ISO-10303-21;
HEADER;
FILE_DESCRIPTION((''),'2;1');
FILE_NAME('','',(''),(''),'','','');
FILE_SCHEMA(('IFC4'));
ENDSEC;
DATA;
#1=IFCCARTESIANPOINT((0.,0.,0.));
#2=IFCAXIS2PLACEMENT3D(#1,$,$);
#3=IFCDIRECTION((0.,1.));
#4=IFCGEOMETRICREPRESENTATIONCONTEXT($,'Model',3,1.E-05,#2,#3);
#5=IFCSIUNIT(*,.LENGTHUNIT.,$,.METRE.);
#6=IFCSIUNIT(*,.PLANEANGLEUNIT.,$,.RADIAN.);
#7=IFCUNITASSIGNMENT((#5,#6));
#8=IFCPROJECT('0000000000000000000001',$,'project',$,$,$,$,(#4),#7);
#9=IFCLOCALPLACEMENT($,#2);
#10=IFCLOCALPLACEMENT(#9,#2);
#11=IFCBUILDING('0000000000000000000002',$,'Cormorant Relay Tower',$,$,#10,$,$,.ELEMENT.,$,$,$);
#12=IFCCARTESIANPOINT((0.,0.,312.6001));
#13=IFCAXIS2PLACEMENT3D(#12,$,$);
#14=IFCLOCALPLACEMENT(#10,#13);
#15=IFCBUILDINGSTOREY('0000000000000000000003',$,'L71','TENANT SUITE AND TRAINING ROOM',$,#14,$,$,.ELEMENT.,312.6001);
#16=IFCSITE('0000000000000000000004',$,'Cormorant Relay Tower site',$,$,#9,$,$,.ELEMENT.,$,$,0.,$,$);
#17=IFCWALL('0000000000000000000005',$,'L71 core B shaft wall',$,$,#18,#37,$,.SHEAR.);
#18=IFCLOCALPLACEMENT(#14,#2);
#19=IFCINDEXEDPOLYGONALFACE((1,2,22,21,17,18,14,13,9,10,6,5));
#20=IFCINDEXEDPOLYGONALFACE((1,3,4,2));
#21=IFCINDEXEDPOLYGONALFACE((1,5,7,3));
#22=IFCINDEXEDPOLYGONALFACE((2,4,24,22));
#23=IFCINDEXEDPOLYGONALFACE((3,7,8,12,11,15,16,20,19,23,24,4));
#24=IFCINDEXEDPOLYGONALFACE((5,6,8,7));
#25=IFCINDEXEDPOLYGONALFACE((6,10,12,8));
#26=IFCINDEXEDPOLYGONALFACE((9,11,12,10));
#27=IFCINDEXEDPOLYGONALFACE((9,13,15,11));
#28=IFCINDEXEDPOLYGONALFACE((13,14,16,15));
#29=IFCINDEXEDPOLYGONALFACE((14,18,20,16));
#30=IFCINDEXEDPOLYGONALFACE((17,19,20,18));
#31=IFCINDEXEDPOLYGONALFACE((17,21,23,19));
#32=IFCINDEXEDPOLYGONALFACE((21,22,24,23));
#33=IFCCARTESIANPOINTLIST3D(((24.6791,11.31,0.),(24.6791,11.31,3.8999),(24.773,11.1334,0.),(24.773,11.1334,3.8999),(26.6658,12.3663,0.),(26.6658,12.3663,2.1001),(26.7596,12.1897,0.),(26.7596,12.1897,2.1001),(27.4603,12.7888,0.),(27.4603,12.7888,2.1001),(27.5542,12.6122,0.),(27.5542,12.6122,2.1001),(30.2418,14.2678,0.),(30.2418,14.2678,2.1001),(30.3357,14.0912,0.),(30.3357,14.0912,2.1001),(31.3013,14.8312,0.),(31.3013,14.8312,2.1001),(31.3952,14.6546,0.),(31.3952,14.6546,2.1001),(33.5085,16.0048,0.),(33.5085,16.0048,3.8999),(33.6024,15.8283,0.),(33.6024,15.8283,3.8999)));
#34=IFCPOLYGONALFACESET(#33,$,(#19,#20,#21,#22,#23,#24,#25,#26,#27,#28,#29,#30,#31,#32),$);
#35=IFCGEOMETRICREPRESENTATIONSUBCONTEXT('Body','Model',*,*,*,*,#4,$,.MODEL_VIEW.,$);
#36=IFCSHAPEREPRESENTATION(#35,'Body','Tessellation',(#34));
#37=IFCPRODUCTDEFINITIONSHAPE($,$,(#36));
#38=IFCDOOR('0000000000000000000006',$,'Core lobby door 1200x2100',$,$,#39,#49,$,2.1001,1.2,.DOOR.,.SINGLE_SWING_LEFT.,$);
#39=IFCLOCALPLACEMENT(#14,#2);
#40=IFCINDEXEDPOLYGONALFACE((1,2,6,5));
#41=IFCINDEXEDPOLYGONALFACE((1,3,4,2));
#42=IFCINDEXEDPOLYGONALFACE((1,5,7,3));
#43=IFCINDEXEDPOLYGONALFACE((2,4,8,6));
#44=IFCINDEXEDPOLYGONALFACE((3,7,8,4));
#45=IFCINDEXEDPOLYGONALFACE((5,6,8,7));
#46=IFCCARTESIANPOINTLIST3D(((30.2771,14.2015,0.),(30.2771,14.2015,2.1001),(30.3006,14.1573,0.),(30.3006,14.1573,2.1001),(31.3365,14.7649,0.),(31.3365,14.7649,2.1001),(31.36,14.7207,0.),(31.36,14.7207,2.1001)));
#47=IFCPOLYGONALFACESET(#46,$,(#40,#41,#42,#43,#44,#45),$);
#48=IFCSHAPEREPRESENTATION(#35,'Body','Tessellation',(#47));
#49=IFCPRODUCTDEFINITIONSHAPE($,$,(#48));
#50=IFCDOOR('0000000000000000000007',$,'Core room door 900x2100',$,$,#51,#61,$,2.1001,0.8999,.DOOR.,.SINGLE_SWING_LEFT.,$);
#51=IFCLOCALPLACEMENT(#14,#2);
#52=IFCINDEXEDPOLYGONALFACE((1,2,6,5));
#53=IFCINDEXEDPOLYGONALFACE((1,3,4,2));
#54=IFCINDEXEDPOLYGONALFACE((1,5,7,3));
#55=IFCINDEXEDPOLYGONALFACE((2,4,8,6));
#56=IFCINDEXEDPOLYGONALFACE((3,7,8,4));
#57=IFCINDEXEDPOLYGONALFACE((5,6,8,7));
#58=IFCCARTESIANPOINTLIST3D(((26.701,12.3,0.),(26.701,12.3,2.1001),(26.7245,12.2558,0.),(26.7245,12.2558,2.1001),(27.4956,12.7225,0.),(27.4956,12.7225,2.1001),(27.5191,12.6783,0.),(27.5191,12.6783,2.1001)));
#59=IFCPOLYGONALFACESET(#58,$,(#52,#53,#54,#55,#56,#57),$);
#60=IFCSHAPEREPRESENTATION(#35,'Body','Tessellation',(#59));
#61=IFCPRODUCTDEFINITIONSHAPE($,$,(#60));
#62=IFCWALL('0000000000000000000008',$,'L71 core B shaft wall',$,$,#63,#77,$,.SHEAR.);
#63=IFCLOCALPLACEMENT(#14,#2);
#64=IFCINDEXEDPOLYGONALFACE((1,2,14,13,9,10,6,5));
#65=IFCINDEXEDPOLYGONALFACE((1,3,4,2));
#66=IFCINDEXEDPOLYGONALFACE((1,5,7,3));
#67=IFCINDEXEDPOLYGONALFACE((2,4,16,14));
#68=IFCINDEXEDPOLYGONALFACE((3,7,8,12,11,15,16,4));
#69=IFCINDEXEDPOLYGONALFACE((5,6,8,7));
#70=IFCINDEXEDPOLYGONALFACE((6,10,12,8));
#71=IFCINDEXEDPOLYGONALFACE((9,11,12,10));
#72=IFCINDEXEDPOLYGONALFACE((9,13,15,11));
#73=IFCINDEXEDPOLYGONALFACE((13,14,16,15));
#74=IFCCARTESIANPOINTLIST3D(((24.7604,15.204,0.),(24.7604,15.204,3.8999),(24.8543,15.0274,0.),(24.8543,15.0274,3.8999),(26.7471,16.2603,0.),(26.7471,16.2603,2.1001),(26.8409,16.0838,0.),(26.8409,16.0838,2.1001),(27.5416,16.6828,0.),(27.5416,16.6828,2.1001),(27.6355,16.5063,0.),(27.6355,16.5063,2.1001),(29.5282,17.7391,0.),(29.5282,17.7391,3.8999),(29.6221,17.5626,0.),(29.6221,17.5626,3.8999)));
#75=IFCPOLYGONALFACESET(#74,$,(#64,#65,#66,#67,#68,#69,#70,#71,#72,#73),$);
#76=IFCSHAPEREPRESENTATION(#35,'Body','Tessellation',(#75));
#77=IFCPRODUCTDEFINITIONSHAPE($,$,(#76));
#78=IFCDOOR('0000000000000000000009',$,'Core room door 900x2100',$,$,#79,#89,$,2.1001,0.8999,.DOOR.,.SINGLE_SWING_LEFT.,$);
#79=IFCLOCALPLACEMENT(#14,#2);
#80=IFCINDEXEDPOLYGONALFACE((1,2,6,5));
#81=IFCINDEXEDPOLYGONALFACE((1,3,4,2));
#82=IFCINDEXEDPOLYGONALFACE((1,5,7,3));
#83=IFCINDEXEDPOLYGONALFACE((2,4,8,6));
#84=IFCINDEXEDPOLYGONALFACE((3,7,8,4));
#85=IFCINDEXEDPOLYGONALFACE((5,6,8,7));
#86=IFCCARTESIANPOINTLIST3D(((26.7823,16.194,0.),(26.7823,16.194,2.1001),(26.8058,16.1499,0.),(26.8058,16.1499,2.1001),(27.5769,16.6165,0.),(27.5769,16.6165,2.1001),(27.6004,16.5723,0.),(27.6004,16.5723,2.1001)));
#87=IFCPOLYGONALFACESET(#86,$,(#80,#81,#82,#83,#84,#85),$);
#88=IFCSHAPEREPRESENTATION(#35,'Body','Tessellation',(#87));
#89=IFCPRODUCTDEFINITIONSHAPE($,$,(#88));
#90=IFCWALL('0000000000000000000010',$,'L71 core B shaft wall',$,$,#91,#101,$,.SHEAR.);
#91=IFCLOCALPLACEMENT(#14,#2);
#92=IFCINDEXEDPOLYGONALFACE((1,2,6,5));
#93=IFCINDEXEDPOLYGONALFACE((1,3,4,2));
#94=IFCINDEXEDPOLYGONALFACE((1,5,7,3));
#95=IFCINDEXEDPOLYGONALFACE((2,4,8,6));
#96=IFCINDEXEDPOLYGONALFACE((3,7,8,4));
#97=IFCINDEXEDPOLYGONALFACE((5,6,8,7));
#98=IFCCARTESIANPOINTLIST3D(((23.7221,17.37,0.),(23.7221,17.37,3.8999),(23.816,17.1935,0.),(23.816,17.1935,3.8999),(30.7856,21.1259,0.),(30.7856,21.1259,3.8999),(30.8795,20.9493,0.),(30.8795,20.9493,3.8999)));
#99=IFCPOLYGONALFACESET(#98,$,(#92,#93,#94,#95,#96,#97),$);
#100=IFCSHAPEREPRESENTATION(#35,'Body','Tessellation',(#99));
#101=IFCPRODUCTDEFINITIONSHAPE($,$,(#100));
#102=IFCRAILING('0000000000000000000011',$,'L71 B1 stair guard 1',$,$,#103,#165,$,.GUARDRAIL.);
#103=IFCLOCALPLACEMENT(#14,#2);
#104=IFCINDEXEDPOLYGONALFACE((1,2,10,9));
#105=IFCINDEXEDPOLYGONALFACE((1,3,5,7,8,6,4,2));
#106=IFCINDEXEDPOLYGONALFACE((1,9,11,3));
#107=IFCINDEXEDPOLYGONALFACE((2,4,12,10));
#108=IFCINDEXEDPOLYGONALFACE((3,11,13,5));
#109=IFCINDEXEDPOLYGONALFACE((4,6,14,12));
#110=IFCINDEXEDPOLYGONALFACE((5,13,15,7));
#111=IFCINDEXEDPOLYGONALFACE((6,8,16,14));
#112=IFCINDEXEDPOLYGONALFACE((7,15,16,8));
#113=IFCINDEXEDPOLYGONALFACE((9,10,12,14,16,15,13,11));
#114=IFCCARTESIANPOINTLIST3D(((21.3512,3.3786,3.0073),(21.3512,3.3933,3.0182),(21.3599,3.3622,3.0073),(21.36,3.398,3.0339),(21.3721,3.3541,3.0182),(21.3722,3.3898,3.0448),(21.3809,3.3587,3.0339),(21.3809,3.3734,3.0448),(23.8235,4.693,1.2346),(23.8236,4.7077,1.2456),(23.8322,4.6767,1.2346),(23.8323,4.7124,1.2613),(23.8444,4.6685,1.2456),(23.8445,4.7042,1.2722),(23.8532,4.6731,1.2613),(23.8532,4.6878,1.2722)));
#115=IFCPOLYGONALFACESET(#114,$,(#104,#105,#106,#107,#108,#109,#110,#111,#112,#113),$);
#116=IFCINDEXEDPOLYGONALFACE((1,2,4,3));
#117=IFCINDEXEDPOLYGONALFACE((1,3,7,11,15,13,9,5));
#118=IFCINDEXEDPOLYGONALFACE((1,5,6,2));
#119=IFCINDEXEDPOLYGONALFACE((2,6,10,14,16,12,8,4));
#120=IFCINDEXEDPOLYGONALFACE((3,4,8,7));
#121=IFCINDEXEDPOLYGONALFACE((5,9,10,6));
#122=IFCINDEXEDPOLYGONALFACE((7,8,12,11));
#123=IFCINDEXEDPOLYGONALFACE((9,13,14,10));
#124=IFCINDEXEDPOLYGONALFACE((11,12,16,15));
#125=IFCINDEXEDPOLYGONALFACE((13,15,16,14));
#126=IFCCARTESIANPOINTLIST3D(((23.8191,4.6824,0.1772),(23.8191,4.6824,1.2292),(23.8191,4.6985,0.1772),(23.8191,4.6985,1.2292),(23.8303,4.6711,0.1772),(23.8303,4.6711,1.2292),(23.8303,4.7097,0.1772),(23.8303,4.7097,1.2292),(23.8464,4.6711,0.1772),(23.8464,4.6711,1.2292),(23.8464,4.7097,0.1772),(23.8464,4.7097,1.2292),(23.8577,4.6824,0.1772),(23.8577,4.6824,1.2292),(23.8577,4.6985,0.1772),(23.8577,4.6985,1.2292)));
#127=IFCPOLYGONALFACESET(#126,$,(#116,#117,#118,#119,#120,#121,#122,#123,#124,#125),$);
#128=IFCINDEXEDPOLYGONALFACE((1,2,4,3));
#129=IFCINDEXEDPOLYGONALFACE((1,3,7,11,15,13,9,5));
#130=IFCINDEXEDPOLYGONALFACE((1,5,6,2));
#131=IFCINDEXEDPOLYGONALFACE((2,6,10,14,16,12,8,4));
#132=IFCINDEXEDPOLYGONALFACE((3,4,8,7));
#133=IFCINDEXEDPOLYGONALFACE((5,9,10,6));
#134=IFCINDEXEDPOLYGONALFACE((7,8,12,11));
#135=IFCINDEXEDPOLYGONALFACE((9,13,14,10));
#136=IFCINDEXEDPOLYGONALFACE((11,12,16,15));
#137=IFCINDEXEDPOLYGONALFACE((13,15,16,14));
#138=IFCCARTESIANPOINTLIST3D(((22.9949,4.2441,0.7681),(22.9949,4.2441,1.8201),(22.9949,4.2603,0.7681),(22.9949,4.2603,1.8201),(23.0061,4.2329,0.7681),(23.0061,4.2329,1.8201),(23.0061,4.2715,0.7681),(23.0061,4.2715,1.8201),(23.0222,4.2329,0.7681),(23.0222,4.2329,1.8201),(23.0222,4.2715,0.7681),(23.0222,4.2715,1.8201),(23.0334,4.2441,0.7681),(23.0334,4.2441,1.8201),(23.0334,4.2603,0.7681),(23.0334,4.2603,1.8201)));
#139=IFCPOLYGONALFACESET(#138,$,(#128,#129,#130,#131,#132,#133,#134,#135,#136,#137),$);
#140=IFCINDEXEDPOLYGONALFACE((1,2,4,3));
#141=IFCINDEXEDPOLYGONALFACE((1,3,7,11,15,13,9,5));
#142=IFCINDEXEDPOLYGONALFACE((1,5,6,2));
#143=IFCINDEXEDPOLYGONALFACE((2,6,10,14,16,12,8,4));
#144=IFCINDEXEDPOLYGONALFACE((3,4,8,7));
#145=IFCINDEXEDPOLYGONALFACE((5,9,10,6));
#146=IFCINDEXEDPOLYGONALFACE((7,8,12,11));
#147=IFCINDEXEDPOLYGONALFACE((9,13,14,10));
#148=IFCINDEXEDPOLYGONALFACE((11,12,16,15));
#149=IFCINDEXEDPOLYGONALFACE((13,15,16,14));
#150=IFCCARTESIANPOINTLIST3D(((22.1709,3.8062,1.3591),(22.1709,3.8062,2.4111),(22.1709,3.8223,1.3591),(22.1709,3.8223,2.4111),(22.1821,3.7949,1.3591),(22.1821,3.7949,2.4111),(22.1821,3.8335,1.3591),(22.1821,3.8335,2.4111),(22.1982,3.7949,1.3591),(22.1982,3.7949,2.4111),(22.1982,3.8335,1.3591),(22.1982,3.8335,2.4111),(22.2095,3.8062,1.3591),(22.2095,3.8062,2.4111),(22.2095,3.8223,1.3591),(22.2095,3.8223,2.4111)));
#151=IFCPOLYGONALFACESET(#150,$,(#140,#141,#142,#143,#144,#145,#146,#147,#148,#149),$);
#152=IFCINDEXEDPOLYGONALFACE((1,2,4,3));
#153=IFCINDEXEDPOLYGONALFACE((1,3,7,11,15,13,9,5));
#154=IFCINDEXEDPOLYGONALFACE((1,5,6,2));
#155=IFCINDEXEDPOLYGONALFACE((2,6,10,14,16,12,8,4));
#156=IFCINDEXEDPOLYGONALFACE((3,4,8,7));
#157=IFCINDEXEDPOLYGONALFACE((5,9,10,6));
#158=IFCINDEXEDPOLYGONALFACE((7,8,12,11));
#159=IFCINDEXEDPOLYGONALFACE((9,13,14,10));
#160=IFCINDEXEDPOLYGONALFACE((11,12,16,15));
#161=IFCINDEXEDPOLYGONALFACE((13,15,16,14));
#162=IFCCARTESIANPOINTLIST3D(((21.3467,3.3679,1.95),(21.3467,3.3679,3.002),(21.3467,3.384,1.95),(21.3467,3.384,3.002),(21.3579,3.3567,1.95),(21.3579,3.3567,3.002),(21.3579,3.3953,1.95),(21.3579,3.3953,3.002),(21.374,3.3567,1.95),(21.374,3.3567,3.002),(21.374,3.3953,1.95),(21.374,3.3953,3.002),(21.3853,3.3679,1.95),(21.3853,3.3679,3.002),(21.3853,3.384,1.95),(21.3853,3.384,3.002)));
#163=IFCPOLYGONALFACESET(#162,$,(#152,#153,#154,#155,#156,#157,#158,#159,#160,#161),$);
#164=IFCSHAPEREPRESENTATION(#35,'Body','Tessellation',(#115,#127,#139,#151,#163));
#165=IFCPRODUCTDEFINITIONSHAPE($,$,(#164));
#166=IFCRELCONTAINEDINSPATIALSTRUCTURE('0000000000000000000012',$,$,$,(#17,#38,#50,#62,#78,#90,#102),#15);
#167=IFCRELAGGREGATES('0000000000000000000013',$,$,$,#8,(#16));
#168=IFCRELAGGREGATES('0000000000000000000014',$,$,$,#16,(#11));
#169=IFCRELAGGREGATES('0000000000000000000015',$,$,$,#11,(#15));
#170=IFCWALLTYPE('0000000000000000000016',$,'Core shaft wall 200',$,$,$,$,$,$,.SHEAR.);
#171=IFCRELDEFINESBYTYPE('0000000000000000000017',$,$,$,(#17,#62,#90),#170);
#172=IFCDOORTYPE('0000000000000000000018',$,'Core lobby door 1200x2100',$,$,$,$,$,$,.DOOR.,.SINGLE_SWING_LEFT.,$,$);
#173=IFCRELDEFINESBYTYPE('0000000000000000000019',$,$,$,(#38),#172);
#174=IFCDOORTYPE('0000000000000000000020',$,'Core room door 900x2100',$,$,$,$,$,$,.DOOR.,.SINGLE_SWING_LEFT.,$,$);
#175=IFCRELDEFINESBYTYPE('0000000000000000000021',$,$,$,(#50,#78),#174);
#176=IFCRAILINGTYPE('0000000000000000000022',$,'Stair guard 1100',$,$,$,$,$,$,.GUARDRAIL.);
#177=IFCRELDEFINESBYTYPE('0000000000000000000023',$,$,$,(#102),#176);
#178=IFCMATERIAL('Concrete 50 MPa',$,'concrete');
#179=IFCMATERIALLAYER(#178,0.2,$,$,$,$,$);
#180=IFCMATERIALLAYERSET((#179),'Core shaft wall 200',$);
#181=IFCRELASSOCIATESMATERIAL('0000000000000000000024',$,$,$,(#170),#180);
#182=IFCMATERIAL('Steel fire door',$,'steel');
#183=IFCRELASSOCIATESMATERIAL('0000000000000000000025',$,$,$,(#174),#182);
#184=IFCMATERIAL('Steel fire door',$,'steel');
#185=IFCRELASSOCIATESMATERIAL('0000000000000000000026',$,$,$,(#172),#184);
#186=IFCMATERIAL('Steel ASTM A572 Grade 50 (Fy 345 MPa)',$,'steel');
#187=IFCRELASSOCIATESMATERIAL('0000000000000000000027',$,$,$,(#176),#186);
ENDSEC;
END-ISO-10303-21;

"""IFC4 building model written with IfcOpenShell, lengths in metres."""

from ifc_helpers import new_model, si_unit, direction, frame, frame_2d, origin, place, context, subcontext, project, spatial, polyline, rectangle, outline, extrude, material, layer, layer_set, type_object, element, fill, save


model = new_model("IFC4")

# Units and contexts
model_context = context("Model", 3, precision=1e-05, world=origin(), true_north=direction((0.0, 1.0)))
body_context = subcontext(model_context, "Body", "Model", "MODEL_VIEW")
ifc_project = project(units=[si_unit("LENGTHUNIT", "METRE"), si_unit("PLANEANGLEUNIT", "RADIAN")], contexts=[model_context])

# Site, building, storey
site_placement = place(None, origin())
site = spatial("IfcSite", under=ifc_project, at=site_placement, Name="Cormorant Relay Tower site", CompositionType="ELEMENT", RefElevation=0.0)
building_placement = place(site_placement, origin())
building = spatial("IfcBuilding", under=site, at=building_placement, Name="Cormorant Relay Tower", CompositionType="ELEMENT")
storey_placement = place(building_placement, frame((0.0, 0.0, 312.6001)))
storey = spatial("IfcBuildingStorey", under=building, at=storey_placement, Name="L71", Description="TENANT SUITE AND TRAINING ROOM", CompositionType="ELEMENT", Elevation=312.6001)

# Shared definitions
ifc_material_1 = material(Name="Concrete 50 MPa", Category="concrete")
ifc_layer_1 = layer(ifc_material_1, 0.2)
ifc_layer_set_1 = layer_set([ifc_layer_1], Name="Core shaft wall 200")
wall_type_1 = type_object("IfcWallType", Name="Core shaft wall 200", PredefinedType="SHEAR", material=ifc_layer_set_1)
ifc_material_2 = material(Name="Steel fire door", Category="steel")
door_type_1 = type_object("IfcDoorType", Name="Core room door 900x2100", OperationType="SINGLE_SWING_LEFT", PredefinedType="DOOR", material=ifc_material_2)

# Wall, openings, doors
wall_1_placement = place(storey_placement, frame((24.7261, 11.2217, 0.0), z_axis=(0.0, 0.0, 1.0), x_axis=(0.88294, 0.469485, 0.0)))
wall_1 = element("IfcWall", 1, at=wall_1_placement, inside=storey, type_object=wall_type_1, Name="L71 core B shaft wall", PredefinedType="SHEAR", context=body_context, shape_type="SweptSolid", body=[
    extrude(rectangle(XDim=10.0, YDim=0.2, at=frame_2d((5.0, 0.0))), origin(), (0.0, 0.0, 1.0), 3.8999),
])
opening_1_placement = place(wall_1_placement, frame((6.3, 0.0, 0.0)))
opening_1 = element("IfcOpeningElement", 2, at=opening_1_placement, cuts=wall_1, PredefinedType="OPENING", context=body_context, shape_type="SweptSolid", body=[
    extrude(rectangle(XDim=1.2, YDim=2.1001, at=frame_2d((0.6001, 1.05))), frame((0.0, 0.1099, 0.0), z_axis=(0.0, -1.0, 0.0), x_axis=(1.0, 0.0, 0.0)), (0.0, 0.0, 1.0), 0.22),
])
opening_2_placement = place(wall_1_placement, frame((2.25, 0.0, 0.0)))
opening_2 = element("IfcOpeningElement", 3, at=opening_2_placement, cuts=wall_1, PredefinedType="OPENING", context=body_context, shape_type="SweptSolid", body=[
    extrude(rectangle(XDim=0.8999, YDim=2.1001, at=frame_2d((0.45, 1.05))), frame((0.0, 0.1099, 0.0), z_axis=(0.0, -1.0, 0.0), x_axis=(1.0, 0.0, 0.0)), (0.0, 0.0, 1.0), 0.22),
])
ifc_material_3 = material(Name="Steel fire door", Category="steel")
door_type_2 = type_object("IfcDoorType", Name="Core lobby door 1200x2100", OperationType="SINGLE_SWING_LEFT", PredefinedType="DOOR", material=ifc_material_3)
door_1_placement = place(opening_1_placement, origin())
door_1 = element("IfcDoor", 4, at=door_1_placement, inside=storey, type_object=door_type_2, Name="Core lobby door 1200x2100", OperationType="SINGLE_SWING_LEFT", OverallHeight=2.1001, OverallWidth=1.2, PredefinedType="DOOR", context=body_context, shape_type="SweptSolid", body=[
    extrude(rectangle(XDim=1.2, YDim=2.1001, at=frame_2d((0.6001, 1.05))), frame((0.0, 0.0249, 0.0), z_axis=(0.0, -1.0, 0.0), x_axis=(1.0, 0.0, 0.0)), (0.0, 0.0, 1.0), 0.05),
])
fill(opening_1, door_1)
door_2_placement = place(opening_2_placement, origin())
door_2 = element("IfcDoor", 5, at=door_2_placement, inside=storey, type_object=door_type_1, Name="Core room door 900x2100", OperationType="SINGLE_SWING_LEFT", OverallHeight=2.1001, OverallWidth=0.8999, PredefinedType="DOOR", context=body_context, shape_type="SweptSolid", body=[
    extrude(rectangle(XDim=0.8999, YDim=2.1001, at=frame_2d((0.45, 1.05))), frame((0.0, 0.0249, 0.0), z_axis=(0.0, -1.0, 0.0), x_axis=(1.0, 0.0, 0.0)), (0.0, 0.0, 1.0), 0.05),
])
fill(opening_2, door_2)

# Wall, opening, door
wall_2_placement = place(storey_placement, frame((24.8074, 15.1157, 0.0), z_axis=(0.0, 0.0, 1.0), x_axis=(0.882943, 0.46948, 0.0)))
wall_2 = element("IfcWall", 6, at=wall_2_placement, inside=storey, type_object=wall_type_1, Name="L71 core B shaft wall", PredefinedType="SHEAR", context=body_context, shape_type="SweptSolid", body=[
    extrude(rectangle(XDim=5.3999, YDim=0.2, at=frame_2d((2.7, 0.0))), origin(), (0.0, 0.0, 1.0), 3.8999),
])
opening_3_placement = place(wall_2_placement, frame((2.25, 0.0, 0.0)))
opening_3 = element("IfcOpeningElement", 7, at=opening_3_placement, cuts=wall_2, PredefinedType="OPENING", context=body_context, shape_type="SweptSolid", body=[
    extrude(rectangle(XDim=0.8999, YDim=2.1001, at=frame_2d((0.45, 1.05))), frame((0.0, 0.1099, 0.0), z_axis=(0.0, -1.0, 0.0), x_axis=(1.0, 0.0, 0.0)), (0.0, 0.0, 1.0), 0.22),
])
door_3_placement = place(opening_3_placement, origin())
door_3 = element("IfcDoor", 8, at=door_3_placement, inside=storey, type_object=door_type_1, Name="Core room door 900x2100", OperationType="SINGLE_SWING_LEFT", OverallHeight=2.1001, OverallWidth=0.8999, PredefinedType="DOOR", context=body_context, shape_type="SweptSolid", body=[
    extrude(rectangle(XDim=0.8999, YDim=2.1001, at=frame_2d((0.45, 1.05))), frame((0.0, 0.0249, 0.0), z_axis=(0.0, -1.0, 0.0), x_axis=(1.0, 0.0, 0.0)), (0.0, 0.0, 1.0), 0.05),
])
fill(opening_3, door_3)

# Wall
wall_3_placement = place(storey_placement, frame((23.769, 17.2817, 0.0), z_axis=(0.0, 0.0, 1.0), x_axis=(0.88294, 0.469485, 0.0)))
element("IfcWall", 9, at=wall_3_placement, inside=storey, type_object=wall_type_1, Name="L71 core B shaft wall", PredefinedType="SHEAR", context=body_context, shape_type="SweptSolid", body=[
    extrude(rectangle(XDim=8.0, YDim=0.2, at=frame_2d((4.0, 0.0))), origin(), (0.0, 0.0, 1.0), 3.8999),
])

# Railing
ifc_material_4 = material(Name="Steel ASTM A572 Grade 50 (Fy 345 MPa)", Category="steel")
railing_type = type_object("IfcRailingType", Name="Stair guard 1100", PredefinedType="GUARDRAIL", material=ifc_material_4)
railing_placement = place(storey_placement, frame((23.8384, 4.6904, 0.1772)))
element("IfcRailing", 10, at=railing_placement, inside=storey, type_object=railing_type, Name="L71 B1 stair guard 1", PredefinedType="GUARDRAIL", context=body_context, shape_type="SweptSolid", body=[
    extrude(outline(polyline([(0.0222, 0.0093), (0.0093, 0.0222), (-0.0093, 0.0222), (-0.0222, 0.0093), (-0.0222, -0.0093), (-0.0093, -0.0222), (0.0093, -0.0222), (0.0222, -0.0093), (0.0222, 0.0093)])), frame((0.0, 0.0, 1.0762), z_axis=(-0.746034, -0.396627, 0.534902), x_axis=(0.469429, -0.88297, 0.0)), (0.0, 0.0, 1.0), 3.314),
    extrude(outline(polyline([(0.0193, 0.0081), (0.0081, 0.0193), (-0.0081, 0.0193), (-0.0193, 0.0081), (-0.0193, -0.0081), (-0.0081, -0.0193), (0.0081, -0.0193), (0.0193, -0.0081), (0.0193, 0.0081)])), origin(), (0.0, 0.0, 1.0), 1.052),
    extrude(outline(polyline([(0.0193, 0.0081), (0.0081, 0.0193), (-0.0081, 0.0193), (-0.0193, 0.0081), (-0.0193, -0.0081), (-0.0081, -0.0193), (0.0081, -0.0193), (0.0193, -0.0081), (0.0193, 0.0081)])), frame((-0.8242, -0.4382, 0.5908)), (0.0, 0.0, 1.0), 1.052),
    extrude(outline(polyline([(0.0193, 0.0081), (0.0081, 0.0193), (-0.0081, 0.0193), (-0.0193, 0.0081), (-0.0193, -0.0081), (-0.0081, -0.0193), (0.0081, -0.0193), (0.0193, -0.0081), (0.0193, 0.0081)])), frame((-1.6482, -0.8762, 1.1819)), (0.0, 0.0, 1.0), 1.052),
    extrude(outline(polyline([(0.0193, 0.0081), (0.0081, 0.0193), (-0.0081, 0.0193), (-0.0193, 0.0081), (-0.0193, -0.0081), (-0.0081, -0.0193), (0.0081, -0.0193), (0.0193, -0.0081), (0.0193, 0.0081)])), frame((-2.4724, -1.3145, 1.7727)), (0.0, 0.0, 1.0), 1.052),
])

save(model, "model.ifc")
